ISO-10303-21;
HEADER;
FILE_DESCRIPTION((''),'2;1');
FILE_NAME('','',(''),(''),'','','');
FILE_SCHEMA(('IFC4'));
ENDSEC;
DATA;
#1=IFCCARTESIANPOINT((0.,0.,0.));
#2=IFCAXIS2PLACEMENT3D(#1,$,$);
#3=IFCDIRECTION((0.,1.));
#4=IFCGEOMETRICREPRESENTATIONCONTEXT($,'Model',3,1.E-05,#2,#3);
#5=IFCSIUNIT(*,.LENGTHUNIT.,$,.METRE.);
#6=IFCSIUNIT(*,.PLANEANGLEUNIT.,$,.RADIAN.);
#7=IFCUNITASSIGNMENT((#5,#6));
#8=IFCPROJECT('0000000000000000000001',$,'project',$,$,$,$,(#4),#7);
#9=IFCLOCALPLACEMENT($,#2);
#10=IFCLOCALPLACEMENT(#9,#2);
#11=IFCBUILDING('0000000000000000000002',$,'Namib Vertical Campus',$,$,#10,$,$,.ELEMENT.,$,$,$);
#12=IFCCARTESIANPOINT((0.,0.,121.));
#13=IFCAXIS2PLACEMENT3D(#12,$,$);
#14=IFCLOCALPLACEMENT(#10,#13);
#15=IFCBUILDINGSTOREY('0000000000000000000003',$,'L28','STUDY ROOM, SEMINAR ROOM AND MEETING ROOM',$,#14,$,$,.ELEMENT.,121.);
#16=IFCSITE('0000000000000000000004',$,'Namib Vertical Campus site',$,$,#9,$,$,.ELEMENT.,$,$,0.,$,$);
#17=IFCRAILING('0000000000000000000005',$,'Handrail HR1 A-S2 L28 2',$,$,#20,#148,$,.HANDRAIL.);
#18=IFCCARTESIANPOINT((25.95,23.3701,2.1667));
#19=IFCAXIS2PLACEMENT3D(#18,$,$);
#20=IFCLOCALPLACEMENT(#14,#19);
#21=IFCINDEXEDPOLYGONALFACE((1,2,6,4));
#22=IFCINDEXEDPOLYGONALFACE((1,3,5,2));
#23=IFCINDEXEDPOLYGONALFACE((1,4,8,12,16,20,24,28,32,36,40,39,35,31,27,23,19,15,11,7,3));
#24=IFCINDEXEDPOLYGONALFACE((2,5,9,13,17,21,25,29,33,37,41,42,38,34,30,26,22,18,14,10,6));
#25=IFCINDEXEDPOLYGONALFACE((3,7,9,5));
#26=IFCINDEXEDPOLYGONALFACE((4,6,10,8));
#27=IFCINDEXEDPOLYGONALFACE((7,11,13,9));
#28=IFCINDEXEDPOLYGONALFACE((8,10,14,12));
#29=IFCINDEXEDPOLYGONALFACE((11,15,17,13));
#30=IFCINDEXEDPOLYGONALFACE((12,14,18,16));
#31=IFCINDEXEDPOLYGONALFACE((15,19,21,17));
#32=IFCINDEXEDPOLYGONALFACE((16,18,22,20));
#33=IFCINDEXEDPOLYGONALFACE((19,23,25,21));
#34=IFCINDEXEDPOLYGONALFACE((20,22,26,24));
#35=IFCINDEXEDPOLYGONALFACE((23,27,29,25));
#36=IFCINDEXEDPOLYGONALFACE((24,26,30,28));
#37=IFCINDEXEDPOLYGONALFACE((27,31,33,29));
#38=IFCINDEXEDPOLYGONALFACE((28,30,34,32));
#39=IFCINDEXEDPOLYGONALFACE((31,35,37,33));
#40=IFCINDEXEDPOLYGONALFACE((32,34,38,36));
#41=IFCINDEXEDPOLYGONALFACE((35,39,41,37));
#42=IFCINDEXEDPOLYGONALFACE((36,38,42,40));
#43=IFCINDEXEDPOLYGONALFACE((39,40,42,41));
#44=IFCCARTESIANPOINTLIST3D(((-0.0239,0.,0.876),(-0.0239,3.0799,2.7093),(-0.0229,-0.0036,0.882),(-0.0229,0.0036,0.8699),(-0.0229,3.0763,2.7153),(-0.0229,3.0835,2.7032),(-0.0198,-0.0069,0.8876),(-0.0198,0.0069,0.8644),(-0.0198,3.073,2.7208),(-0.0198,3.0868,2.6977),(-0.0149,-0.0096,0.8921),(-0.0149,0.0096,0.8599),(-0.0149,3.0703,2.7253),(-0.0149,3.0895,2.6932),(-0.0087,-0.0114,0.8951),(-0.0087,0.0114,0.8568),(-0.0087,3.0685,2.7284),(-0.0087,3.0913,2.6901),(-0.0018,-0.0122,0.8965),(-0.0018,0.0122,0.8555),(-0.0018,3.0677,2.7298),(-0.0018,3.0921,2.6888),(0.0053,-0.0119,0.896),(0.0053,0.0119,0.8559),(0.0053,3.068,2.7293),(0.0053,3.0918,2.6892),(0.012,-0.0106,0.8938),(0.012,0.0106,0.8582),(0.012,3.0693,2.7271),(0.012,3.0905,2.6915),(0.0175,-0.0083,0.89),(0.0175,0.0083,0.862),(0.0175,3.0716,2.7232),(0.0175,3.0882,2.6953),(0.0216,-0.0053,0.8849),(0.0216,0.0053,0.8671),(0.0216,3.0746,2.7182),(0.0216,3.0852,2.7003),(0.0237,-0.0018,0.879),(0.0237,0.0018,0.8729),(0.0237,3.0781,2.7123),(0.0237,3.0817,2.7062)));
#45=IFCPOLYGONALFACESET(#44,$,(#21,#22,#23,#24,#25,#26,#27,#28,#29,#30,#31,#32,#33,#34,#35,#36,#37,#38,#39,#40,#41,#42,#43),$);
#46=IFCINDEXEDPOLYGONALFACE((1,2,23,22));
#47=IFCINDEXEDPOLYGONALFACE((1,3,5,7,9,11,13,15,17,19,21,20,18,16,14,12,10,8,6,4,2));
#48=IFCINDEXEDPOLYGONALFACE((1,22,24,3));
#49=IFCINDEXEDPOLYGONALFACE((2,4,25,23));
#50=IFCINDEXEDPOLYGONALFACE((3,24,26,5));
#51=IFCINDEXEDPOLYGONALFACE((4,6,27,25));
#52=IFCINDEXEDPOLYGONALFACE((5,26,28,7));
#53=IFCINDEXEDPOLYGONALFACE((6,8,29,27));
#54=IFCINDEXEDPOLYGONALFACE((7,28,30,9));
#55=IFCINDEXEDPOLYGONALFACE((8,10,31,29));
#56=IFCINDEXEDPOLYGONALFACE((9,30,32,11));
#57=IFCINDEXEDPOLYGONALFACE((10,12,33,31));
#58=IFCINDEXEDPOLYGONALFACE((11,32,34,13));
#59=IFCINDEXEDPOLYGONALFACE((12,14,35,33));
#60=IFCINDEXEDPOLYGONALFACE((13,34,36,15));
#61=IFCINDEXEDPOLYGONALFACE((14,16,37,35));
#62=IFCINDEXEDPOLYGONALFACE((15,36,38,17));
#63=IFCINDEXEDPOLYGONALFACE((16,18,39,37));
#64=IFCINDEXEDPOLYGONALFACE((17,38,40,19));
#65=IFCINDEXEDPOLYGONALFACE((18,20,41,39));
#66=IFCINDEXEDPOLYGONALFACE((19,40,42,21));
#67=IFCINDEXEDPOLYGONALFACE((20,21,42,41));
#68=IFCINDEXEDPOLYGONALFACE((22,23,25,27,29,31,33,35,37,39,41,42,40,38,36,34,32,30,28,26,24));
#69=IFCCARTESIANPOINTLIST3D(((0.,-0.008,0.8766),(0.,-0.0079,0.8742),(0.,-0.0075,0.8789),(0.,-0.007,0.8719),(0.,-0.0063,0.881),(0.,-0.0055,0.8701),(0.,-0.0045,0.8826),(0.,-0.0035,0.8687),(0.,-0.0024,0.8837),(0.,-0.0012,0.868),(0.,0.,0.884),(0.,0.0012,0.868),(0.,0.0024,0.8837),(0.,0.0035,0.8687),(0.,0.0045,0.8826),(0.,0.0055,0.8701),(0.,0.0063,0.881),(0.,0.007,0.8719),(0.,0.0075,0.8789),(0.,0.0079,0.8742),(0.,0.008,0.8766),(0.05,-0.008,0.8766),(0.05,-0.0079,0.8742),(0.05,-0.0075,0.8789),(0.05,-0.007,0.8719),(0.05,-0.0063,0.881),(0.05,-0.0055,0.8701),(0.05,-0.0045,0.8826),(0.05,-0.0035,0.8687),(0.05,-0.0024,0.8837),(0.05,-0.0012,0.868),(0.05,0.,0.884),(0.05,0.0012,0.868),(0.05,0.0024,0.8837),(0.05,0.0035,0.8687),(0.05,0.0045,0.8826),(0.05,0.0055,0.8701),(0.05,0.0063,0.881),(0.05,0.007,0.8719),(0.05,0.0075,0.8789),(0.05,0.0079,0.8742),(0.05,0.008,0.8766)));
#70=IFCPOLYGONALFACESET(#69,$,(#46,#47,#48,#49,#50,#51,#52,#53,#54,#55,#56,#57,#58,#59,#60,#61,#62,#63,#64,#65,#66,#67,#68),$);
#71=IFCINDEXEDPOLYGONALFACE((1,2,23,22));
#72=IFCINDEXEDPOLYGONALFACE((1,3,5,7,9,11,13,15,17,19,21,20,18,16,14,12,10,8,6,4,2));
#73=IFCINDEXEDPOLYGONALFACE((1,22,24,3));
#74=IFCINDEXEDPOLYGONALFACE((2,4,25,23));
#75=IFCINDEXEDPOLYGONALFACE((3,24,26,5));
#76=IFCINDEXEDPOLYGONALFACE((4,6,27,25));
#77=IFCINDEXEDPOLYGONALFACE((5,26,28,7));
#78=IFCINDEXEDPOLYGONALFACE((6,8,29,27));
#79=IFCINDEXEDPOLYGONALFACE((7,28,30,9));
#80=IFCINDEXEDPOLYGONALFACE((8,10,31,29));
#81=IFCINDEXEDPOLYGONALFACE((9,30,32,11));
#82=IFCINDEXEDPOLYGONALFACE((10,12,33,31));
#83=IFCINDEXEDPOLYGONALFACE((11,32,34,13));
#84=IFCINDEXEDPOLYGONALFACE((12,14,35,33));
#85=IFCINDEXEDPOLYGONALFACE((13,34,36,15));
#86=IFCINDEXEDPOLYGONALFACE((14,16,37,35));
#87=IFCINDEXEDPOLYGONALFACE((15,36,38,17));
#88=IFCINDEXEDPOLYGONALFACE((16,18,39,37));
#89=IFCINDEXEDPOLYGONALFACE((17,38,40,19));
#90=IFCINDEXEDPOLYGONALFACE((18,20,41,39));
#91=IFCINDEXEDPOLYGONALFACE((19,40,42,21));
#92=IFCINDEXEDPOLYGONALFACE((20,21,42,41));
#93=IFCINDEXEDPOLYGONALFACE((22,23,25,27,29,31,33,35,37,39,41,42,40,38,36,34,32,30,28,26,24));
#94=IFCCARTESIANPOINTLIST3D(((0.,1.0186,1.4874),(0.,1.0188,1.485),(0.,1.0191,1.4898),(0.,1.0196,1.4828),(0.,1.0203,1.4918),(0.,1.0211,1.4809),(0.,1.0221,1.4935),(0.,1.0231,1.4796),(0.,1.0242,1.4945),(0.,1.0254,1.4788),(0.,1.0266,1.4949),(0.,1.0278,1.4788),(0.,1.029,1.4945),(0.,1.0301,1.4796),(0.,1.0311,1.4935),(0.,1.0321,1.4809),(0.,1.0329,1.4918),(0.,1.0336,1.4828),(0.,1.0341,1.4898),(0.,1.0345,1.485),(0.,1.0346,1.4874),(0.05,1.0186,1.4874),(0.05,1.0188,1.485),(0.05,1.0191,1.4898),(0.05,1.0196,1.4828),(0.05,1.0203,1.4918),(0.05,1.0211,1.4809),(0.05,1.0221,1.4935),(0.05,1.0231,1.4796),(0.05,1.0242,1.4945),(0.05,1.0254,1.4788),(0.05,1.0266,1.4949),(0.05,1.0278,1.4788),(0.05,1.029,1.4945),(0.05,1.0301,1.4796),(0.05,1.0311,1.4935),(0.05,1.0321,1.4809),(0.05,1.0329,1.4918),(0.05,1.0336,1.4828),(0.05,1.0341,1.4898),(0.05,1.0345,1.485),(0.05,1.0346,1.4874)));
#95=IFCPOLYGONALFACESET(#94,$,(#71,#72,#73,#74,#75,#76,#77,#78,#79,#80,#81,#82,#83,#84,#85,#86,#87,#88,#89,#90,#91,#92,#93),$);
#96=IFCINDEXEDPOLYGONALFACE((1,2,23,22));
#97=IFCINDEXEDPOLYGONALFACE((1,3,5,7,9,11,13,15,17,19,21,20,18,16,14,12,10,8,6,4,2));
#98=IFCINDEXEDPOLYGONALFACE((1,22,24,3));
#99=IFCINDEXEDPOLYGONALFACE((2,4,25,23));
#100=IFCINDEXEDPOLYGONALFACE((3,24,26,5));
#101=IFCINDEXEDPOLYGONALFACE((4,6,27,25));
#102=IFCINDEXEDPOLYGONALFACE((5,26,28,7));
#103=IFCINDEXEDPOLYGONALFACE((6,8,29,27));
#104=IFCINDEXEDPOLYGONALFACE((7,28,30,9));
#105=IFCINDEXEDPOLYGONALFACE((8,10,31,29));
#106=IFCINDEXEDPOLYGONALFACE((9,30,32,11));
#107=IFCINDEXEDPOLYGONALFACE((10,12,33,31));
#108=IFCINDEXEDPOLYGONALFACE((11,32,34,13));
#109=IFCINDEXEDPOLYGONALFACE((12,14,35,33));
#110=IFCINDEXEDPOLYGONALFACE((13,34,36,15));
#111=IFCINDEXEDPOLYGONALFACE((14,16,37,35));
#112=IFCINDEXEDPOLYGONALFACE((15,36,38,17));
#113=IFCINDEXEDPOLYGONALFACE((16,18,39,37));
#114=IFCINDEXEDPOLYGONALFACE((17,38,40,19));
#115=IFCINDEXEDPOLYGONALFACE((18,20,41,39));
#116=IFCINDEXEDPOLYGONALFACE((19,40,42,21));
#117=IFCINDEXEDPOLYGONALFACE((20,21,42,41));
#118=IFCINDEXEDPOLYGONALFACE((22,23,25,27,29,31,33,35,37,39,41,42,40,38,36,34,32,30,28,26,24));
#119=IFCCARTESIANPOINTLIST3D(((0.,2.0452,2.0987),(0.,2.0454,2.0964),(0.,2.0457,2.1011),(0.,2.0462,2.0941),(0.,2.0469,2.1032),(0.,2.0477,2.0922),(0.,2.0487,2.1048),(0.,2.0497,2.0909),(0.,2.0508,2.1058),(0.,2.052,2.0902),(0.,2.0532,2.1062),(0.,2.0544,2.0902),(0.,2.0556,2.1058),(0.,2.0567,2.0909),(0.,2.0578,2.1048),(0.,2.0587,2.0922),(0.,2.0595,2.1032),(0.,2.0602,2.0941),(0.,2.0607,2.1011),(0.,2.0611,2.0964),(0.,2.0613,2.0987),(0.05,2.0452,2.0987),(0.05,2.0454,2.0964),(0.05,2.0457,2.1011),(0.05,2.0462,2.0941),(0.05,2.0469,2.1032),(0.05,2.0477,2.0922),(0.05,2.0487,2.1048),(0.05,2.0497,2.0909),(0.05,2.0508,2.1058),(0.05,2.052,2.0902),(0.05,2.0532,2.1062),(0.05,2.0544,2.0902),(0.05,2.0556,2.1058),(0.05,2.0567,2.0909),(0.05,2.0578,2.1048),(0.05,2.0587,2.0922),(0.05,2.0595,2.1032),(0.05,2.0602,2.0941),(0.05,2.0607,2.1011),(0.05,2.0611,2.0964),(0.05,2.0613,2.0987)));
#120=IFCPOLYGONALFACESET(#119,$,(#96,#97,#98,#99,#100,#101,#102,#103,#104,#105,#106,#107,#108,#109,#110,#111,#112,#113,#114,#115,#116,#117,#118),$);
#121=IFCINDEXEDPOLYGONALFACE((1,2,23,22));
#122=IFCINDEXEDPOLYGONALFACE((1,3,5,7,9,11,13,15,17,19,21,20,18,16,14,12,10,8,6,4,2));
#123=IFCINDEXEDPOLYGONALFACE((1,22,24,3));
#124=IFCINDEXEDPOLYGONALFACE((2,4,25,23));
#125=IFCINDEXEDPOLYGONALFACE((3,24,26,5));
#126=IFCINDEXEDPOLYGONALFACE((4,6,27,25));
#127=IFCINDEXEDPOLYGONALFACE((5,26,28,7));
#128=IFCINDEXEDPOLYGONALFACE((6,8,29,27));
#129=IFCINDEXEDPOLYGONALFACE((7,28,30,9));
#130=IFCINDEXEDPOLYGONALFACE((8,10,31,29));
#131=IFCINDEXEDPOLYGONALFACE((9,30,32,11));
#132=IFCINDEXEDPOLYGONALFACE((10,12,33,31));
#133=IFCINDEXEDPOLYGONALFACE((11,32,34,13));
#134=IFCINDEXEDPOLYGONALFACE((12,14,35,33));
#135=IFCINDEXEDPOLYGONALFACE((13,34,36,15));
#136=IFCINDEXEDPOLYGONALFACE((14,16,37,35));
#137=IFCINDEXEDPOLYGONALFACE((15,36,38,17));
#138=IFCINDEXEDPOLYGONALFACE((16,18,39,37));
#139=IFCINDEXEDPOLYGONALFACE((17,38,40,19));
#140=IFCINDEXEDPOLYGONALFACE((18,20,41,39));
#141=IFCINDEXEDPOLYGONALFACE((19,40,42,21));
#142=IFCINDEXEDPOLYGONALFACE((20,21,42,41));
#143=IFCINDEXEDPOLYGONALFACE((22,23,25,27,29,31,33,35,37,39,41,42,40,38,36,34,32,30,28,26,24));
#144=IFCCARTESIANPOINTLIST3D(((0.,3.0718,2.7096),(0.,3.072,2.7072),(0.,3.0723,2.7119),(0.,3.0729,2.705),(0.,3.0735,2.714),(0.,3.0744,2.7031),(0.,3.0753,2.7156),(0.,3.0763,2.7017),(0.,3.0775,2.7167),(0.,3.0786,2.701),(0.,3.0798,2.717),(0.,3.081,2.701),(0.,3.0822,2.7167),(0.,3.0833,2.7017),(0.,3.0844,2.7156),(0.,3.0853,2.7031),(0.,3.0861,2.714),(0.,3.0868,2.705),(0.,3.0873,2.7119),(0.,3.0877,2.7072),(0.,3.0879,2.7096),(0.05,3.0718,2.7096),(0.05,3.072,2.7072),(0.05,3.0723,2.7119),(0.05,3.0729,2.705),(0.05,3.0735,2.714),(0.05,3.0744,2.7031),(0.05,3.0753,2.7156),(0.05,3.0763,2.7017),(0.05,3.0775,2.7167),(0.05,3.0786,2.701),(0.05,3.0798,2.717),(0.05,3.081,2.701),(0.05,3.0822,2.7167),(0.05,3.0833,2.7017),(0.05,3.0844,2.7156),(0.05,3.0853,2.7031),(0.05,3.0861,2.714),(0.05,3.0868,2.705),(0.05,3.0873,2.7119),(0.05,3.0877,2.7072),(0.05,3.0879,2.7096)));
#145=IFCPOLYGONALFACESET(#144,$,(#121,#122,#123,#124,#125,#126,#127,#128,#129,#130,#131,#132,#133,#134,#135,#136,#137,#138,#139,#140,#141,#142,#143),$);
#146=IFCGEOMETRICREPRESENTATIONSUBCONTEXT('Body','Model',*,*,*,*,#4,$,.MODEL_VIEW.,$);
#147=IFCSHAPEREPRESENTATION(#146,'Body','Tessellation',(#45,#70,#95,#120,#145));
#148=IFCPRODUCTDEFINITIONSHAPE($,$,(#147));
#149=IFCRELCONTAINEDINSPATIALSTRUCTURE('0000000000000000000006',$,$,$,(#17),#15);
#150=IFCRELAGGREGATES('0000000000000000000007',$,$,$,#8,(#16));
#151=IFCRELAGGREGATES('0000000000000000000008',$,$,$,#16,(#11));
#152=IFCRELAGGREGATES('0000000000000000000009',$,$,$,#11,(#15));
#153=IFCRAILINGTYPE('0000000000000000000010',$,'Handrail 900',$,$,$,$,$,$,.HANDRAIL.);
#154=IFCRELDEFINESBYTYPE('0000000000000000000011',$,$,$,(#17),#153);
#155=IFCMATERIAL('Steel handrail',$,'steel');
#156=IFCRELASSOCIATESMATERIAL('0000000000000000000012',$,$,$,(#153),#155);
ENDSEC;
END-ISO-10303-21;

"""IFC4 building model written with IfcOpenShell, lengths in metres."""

from ifc_helpers import new_model, si_unit, direction, frame, origin, origin_2d, place, context, subcontext, project, spatial, circle, extrude, material, type_object, element, save


model = new_model("IFC4")

# Units and contexts
model_context = context("Model", 3, precision=1e-05, world=origin(), true_north=direction((0.0, 1.0)))
body_context = subcontext(model_context, "Body", "Model", "MODEL_VIEW")
ifc_project = project(units=[si_unit("LENGTHUNIT", "METRE"), si_unit("PLANEANGLEUNIT", "RADIAN")], contexts=[model_context])

# Site, building, storey
site_placement = place(None, origin())
site = spatial("IfcSite", under=ifc_project, at=site_placement, Name="Namib Vertical Campus site", CompositionType="ELEMENT", RefElevation=0.0)
building_placement = place(site_placement, origin())
building = spatial("IfcBuilding", under=site, at=building_placement, Name="Namib Vertical Campus", CompositionType="ELEMENT")
storey_placement = place(building_placement, frame((0.0, 0.0, 121.0)))
storey = spatial("IfcBuildingStorey", under=building, at=storey_placement, Name="L28", Description="STUDY ROOM, SEMINAR ROOM AND MEETING ROOM", CompositionType="ELEMENT", Elevation=121.0)

# Railing
ifc_material_1 = material(Name="Steel handrail", Category="steel")
railing_type_1 = type_object("IfcRailingType", Name="Handrail 900", PredefinedType="HANDRAIL", material=ifc_material_1)
railing_1_placement = place(storey_placement, frame((25.95, 23.3701, 2.1667)))
element("IfcRailing", 1, at=railing_1_placement, inside=storey, type_object=railing_type_1, Name="Handrail HR1 A-S2 L28 2", PredefinedType="HANDRAIL", context=body_context, shape_type="SweptSolid", body=[
    extrude(circle(Radius=0.0239, at=origin_2d()), frame((0.0, 0.0, 0.876), z_axis=(0.0, 0.859291, 0.511487), x_axis=(-1.0, 0.0, 0.0)), (0.0, 0.0, 1.0), 3.5842),
    extrude(circle(Radius=0.0081, at=origin_2d()), frame((0.0, 0.0, 0.876), z_axis=(1.0, 0.0, 0.0), x_axis=(0.0, 0.0, 1.0)), (0.0, 0.0, 1.0), 0.05),
    extrude(circle(Radius=0.0081, at=origin_2d()), frame((0.0, 1.0266, 1.4868), z_axis=(1.0, 0.0, 0.0), x_axis=(0.0, 0.0, 1.0)), (0.0, 0.0, 1.0), 0.05),
    extrude(circle(Radius=0.0081, at=origin_2d()), frame((0.0, 2.0532, 2.0981), z_axis=(1.0, 0.0, 0.0), x_axis=(0.0, 0.0, 1.0)), (0.0, 0.0, 1.0), 0.05),
    extrude(circle(Radius=0.0081, at=origin_2d()), frame((0.0, 3.0798, 2.709), z_axis=(1.0, 0.0, 0.0), x_axis=(0.0, 0.0, 1.0)), (0.0, 0.0, 1.0), 0.05),
])

save(model, "model.ifc")
